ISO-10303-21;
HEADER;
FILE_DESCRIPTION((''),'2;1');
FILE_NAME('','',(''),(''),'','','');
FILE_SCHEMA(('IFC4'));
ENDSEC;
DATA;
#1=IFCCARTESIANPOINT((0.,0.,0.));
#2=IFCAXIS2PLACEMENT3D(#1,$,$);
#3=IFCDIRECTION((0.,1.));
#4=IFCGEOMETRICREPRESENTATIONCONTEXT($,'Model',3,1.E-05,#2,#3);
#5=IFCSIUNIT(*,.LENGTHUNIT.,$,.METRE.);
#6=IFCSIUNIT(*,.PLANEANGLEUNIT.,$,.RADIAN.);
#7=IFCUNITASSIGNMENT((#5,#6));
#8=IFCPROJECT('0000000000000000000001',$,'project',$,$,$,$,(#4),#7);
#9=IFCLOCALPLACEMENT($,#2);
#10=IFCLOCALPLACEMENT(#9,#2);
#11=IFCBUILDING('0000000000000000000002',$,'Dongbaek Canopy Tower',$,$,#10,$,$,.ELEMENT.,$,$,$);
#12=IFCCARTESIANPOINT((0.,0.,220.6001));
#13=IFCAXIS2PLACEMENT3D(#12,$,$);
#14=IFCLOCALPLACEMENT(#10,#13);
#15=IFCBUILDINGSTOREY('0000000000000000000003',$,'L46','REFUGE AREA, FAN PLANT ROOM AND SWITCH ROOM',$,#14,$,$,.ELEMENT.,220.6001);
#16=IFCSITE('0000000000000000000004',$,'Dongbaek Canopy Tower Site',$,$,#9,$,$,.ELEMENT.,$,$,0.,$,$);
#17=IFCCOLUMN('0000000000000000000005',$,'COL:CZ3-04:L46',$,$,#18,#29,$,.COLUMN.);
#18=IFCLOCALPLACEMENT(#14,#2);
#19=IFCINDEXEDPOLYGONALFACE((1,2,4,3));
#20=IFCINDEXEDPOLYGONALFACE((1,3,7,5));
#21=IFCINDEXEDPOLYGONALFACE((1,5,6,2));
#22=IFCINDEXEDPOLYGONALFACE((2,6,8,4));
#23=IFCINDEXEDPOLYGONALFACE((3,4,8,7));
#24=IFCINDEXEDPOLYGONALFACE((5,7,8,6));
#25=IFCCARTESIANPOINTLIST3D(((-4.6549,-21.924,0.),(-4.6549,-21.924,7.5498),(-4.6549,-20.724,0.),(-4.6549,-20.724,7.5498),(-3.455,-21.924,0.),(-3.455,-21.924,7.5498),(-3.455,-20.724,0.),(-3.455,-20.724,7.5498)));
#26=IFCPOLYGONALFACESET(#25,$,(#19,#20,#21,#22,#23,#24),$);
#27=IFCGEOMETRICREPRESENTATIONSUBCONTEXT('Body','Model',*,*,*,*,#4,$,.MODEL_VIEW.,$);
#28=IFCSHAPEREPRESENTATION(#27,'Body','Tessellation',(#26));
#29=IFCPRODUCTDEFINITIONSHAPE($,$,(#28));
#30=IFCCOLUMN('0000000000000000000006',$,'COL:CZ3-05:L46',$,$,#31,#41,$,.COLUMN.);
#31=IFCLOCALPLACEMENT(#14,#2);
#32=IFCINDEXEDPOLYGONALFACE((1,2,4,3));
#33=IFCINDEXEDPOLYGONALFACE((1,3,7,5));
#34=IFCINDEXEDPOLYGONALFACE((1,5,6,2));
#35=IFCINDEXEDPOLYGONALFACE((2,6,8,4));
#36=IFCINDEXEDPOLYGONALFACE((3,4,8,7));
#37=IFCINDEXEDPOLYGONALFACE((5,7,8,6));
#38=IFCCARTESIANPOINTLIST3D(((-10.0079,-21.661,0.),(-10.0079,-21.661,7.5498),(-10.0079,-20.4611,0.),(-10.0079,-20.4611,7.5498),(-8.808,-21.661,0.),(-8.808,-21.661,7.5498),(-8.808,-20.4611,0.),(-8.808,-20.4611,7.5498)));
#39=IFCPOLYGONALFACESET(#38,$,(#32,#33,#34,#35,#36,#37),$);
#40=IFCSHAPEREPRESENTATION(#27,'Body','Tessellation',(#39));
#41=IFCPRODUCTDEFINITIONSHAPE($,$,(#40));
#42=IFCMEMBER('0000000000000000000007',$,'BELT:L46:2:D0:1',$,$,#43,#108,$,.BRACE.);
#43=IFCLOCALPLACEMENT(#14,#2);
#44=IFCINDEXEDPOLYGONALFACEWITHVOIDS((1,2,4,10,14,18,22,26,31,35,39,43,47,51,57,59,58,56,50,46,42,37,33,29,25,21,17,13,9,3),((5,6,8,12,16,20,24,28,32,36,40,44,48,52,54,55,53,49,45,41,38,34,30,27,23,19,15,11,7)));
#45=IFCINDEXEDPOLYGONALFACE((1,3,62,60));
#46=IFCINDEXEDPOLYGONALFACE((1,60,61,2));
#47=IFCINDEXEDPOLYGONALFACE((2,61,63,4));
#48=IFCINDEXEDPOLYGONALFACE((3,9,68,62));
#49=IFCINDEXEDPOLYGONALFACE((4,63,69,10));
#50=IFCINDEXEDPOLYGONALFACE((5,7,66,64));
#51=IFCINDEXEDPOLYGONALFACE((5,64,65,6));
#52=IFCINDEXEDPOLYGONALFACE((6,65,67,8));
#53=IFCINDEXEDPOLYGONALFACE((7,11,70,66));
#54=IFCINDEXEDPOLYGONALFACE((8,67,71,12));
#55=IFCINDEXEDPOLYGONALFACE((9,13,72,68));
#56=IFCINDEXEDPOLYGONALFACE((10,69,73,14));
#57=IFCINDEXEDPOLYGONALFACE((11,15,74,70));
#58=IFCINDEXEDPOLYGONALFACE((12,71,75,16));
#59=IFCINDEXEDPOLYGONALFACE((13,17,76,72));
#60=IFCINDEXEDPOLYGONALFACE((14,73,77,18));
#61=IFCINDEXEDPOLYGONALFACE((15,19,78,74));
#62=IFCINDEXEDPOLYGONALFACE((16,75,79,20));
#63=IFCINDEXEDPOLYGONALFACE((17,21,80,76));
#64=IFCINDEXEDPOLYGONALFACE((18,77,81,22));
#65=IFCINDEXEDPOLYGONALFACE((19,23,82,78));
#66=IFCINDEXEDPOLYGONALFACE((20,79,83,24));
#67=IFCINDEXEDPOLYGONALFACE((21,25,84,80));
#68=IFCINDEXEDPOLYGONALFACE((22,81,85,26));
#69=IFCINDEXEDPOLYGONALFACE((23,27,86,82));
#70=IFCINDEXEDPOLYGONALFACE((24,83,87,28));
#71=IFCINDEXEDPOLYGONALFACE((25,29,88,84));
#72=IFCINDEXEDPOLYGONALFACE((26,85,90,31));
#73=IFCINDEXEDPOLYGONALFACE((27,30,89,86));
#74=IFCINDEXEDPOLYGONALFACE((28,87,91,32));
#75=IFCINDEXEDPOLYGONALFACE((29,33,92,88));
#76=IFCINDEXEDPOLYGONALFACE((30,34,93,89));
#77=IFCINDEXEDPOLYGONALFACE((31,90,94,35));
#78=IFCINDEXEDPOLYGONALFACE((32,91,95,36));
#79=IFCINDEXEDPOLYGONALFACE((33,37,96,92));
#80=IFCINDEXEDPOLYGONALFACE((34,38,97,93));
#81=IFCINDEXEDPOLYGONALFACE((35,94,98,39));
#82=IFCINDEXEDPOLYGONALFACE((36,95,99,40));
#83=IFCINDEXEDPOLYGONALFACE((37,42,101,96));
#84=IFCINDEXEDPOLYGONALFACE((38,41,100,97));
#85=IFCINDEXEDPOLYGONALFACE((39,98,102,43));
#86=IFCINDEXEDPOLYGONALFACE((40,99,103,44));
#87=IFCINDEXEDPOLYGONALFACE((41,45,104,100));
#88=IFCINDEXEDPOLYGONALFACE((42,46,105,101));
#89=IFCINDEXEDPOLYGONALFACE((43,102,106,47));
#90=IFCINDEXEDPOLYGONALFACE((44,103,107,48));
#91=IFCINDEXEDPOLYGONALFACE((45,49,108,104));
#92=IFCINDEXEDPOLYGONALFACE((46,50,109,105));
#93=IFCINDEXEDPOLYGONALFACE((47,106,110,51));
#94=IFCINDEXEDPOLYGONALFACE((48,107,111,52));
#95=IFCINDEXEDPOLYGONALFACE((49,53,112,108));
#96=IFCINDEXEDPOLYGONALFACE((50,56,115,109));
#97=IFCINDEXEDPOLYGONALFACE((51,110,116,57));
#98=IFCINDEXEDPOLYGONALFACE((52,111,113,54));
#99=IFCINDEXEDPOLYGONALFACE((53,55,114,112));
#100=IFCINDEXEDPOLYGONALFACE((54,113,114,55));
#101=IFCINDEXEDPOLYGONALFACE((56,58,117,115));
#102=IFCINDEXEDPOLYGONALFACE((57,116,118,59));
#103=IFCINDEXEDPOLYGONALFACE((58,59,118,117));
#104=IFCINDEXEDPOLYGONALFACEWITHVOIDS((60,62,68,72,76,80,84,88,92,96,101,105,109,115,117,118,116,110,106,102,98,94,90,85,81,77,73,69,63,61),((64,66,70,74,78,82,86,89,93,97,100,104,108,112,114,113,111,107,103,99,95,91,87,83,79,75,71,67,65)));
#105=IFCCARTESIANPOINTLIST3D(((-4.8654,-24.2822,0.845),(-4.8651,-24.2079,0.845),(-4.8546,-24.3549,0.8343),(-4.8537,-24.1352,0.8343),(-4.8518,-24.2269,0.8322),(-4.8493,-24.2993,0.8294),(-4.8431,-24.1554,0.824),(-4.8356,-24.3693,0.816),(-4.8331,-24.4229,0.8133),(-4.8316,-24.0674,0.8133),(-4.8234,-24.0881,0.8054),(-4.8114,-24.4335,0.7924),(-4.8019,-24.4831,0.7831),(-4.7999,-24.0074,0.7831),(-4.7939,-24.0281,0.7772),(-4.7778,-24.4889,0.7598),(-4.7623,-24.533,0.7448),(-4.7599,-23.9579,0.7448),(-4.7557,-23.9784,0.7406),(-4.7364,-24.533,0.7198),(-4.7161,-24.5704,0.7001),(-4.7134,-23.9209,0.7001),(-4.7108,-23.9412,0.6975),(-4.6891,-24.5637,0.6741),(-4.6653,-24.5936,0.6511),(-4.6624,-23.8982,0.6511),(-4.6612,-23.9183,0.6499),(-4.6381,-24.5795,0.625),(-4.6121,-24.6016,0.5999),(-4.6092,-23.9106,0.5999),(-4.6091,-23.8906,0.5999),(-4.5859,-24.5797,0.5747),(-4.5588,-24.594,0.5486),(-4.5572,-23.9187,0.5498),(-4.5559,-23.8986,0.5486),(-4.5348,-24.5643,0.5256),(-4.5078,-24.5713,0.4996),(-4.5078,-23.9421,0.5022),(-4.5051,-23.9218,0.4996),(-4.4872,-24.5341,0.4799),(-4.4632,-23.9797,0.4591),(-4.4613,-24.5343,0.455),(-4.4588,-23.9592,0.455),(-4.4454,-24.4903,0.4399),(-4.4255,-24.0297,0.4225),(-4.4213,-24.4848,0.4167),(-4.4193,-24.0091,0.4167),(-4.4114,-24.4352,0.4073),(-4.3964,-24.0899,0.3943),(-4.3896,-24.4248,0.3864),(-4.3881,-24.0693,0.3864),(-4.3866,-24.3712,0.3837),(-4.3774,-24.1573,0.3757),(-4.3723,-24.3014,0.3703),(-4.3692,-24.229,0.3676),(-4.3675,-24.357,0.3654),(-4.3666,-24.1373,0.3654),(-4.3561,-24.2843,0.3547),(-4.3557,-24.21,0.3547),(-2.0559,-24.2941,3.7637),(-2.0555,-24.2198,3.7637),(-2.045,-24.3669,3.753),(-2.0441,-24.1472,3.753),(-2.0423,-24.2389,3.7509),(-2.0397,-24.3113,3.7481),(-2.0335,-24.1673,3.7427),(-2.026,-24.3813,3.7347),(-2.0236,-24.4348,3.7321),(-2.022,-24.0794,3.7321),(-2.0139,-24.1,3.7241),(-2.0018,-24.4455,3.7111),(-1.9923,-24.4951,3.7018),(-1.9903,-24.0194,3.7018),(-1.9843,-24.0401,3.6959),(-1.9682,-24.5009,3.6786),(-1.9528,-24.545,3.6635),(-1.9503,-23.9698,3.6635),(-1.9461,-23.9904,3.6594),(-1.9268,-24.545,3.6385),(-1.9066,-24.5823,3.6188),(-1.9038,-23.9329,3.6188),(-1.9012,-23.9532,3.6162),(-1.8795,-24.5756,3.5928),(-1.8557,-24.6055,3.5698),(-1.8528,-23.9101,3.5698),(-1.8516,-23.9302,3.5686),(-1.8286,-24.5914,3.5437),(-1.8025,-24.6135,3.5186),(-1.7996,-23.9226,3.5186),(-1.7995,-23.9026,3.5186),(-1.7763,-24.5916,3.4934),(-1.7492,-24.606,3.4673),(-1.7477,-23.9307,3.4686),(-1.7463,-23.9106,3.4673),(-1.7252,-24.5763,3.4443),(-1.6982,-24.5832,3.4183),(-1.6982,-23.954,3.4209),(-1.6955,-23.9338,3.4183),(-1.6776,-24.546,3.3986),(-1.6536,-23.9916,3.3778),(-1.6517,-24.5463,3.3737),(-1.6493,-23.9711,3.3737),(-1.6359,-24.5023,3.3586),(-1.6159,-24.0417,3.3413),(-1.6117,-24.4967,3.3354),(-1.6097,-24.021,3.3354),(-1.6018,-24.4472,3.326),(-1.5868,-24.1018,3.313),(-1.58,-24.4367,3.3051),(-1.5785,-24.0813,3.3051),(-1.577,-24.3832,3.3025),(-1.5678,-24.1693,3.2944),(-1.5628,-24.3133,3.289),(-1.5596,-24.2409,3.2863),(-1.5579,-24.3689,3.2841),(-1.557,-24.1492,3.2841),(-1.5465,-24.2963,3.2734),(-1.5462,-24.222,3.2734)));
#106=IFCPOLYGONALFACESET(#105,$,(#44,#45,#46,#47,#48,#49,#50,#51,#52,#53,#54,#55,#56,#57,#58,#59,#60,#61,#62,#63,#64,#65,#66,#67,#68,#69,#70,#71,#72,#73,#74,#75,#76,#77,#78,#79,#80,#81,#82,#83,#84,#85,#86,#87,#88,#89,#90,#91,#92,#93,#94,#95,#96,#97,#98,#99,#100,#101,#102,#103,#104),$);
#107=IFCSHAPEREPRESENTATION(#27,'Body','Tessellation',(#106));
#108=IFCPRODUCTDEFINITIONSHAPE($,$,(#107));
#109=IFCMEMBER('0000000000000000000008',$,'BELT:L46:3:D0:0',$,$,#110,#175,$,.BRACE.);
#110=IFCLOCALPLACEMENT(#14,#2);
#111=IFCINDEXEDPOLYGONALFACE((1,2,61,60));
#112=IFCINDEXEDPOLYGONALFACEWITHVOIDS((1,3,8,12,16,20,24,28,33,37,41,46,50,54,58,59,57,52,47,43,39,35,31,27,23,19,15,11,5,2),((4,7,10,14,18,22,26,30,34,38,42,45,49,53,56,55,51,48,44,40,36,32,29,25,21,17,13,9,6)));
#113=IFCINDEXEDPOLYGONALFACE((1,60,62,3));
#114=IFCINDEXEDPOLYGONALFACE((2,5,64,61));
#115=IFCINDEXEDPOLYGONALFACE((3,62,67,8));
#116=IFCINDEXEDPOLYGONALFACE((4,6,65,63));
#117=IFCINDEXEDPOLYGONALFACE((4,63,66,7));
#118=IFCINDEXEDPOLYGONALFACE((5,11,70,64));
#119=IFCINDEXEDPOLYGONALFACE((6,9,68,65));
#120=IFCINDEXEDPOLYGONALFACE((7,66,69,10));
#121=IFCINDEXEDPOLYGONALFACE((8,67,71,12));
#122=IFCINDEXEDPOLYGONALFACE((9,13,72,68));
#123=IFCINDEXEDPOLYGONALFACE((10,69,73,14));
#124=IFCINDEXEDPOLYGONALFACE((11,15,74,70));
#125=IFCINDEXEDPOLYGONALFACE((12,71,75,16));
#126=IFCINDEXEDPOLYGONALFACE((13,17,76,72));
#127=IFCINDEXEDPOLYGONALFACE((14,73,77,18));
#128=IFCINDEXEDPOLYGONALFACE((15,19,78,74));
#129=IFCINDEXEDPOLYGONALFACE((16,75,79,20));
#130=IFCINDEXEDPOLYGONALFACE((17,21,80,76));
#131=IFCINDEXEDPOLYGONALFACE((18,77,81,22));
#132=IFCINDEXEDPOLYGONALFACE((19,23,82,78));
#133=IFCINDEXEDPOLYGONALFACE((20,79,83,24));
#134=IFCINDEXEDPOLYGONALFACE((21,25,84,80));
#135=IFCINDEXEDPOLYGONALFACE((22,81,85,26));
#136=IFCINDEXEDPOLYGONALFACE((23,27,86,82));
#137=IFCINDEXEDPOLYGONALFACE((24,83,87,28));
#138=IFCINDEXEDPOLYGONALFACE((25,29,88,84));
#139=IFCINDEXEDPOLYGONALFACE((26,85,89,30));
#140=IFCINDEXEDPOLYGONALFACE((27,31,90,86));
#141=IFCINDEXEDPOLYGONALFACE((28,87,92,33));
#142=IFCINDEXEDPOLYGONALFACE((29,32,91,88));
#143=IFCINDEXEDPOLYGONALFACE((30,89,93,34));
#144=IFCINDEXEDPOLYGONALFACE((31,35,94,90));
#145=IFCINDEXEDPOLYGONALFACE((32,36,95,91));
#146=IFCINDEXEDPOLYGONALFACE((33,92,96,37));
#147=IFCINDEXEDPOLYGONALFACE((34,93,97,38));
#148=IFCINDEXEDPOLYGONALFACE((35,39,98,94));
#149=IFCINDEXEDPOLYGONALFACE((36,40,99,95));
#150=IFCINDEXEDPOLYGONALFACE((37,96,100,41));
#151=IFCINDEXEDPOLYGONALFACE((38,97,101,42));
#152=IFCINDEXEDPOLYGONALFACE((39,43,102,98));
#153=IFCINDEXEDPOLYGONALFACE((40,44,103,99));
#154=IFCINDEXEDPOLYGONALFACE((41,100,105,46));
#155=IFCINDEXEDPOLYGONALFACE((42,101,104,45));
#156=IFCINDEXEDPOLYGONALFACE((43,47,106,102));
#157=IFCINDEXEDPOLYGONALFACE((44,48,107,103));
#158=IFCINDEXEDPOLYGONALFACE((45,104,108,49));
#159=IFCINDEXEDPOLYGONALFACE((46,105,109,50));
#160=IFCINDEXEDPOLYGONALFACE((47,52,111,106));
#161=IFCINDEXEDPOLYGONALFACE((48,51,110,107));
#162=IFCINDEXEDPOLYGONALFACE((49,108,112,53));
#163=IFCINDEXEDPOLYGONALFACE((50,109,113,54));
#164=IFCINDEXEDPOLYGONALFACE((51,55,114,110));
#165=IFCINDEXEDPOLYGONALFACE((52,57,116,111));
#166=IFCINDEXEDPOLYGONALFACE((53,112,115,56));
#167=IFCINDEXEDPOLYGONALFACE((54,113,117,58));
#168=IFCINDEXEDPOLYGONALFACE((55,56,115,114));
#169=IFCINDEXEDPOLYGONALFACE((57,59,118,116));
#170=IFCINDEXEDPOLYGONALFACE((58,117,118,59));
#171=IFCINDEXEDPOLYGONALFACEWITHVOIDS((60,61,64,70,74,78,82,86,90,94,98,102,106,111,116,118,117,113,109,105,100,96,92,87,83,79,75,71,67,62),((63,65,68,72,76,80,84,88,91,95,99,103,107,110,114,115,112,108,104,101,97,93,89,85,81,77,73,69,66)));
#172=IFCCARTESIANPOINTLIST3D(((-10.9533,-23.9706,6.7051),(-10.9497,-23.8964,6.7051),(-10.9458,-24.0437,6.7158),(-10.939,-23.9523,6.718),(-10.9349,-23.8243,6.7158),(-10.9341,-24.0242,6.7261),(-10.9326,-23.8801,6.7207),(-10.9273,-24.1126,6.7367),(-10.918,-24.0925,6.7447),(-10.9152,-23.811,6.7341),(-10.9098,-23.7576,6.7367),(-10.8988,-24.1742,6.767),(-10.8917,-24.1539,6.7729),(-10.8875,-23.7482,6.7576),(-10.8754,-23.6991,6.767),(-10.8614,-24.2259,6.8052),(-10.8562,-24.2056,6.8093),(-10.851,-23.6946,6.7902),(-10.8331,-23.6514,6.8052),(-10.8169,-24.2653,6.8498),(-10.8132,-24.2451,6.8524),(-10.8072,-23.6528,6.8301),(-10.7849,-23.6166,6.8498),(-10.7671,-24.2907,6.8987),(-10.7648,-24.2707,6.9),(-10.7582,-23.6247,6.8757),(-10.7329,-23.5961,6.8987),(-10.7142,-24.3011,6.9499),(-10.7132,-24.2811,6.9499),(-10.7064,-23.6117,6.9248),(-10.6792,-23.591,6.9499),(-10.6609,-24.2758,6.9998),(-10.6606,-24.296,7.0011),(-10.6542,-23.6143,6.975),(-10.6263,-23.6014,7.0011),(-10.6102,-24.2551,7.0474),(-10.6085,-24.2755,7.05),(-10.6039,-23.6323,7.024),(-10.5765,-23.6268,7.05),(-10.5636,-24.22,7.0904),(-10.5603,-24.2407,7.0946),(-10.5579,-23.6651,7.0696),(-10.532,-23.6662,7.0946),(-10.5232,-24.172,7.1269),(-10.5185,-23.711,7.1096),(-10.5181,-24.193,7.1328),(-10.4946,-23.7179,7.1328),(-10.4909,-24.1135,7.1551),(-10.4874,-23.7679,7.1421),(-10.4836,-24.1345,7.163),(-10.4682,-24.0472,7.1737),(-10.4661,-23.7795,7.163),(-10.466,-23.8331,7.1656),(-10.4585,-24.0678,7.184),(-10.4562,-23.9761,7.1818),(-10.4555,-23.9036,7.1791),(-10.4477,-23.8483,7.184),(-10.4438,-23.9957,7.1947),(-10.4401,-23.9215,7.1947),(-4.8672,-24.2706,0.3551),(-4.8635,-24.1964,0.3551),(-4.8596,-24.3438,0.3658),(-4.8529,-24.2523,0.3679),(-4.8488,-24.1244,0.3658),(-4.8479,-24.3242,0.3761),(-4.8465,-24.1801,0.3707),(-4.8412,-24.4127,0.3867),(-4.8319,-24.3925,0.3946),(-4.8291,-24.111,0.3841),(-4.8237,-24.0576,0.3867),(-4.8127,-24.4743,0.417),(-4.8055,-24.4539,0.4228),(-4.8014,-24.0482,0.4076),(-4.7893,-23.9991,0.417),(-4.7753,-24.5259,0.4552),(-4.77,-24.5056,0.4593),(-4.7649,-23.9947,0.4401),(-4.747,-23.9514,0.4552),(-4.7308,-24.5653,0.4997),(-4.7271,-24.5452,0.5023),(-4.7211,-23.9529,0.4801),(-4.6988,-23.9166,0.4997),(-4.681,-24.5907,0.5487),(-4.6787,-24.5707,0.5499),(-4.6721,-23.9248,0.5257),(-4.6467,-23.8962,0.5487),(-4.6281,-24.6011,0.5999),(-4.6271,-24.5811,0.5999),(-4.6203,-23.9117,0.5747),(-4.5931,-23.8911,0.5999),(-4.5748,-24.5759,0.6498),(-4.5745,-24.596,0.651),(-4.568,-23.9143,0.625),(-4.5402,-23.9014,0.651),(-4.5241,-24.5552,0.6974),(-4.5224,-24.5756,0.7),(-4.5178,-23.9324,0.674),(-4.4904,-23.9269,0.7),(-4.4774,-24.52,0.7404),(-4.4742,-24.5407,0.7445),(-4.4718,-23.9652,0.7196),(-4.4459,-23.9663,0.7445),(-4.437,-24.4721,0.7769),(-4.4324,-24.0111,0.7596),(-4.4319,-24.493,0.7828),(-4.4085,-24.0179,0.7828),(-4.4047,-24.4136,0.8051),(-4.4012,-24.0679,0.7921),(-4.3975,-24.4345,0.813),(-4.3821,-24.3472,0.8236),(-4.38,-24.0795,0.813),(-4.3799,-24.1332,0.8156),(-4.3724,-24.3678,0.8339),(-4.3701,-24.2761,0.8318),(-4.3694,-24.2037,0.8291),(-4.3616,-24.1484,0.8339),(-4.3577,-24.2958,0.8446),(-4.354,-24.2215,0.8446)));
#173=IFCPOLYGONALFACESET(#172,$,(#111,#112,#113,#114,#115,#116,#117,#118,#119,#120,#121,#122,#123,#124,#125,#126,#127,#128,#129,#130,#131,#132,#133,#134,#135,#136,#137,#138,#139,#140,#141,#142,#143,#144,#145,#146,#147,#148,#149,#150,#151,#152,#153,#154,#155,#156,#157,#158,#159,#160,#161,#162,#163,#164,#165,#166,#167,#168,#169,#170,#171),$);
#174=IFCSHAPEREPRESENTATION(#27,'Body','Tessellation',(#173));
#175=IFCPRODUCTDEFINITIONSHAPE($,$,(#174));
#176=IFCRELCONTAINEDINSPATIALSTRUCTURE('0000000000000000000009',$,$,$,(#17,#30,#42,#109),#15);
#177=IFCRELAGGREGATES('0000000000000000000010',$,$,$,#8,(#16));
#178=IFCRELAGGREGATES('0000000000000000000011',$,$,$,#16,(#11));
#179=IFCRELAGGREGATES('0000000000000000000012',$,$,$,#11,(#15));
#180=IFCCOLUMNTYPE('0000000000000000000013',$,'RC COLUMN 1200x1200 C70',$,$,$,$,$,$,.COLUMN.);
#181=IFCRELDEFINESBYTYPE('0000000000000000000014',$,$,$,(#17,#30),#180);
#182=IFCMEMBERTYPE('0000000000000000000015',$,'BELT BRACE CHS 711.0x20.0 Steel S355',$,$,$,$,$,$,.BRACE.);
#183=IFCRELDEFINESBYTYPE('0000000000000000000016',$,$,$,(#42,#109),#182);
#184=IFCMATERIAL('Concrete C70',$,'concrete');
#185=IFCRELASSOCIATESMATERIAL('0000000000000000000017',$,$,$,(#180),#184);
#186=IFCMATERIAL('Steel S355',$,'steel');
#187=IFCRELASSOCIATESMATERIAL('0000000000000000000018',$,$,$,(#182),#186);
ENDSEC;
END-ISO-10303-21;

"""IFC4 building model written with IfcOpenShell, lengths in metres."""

from ifc_helpers import new_model, si_unit, direction, frame, origin, origin_2d, place, context, subcontext, project, spatial, rectangle, hollow_circle, extrude, material, material_profile, profile_set, type_object, element, save


model = new_model("IFC4")

# Units and contexts
model_context = context("Model", 3, precision=1e-05, world=origin(), true_north=direction((0.0, 1.0)))
body_context = subcontext(model_context, "Body", "Model", "MODEL_VIEW")
ifc_project = project(units=[si_unit("LENGTHUNIT", "METRE"), si_unit("PLANEANGLEUNIT", "RADIAN")], contexts=[model_context])

# Site, building, storey
site_placement = place(None, origin())
site = spatial("IfcSite", under=ifc_project, at=site_placement, Name="Dongbaek Canopy Tower Site", CompositionType="ELEMENT", RefElevation=0.0)
building_placement = place(site_placement, origin())
building = spatial("IfcBuilding", under=site, at=building_placement, Name="Dongbaek Canopy Tower", CompositionType="ELEMENT")
storey_placement = place(building_placement, frame((0.0, 0.0, 220.6001)))
storey = spatial("IfcBuildingStorey", under=building, at=storey_placement, Name="L46", Description="REFUGE AREA, FAN PLANT ROOM AND SWITCH ROOM", CompositionType="ELEMENT", Elevation=220.6001)

# Columns
ifc_material_1 = material(Name="Concrete C70", Category="concrete")
ifc_material_profile_1 = material_profile(ifc_material_1, rectangle(XDim=1.2, YDim=1.2, at=origin_2d()), Name="RC COLUMN 1200x1200 C70")
ifc_profile_set_1 = profile_set([ifc_material_profile_1], Name="Concrete C70")
column_type = type_object("IfcColumnType", Name="RC COLUMN 1200x1200 C70", PredefinedType="COLUMN", material=ifc_profile_set_1)
for number, where, z_axis, x_axis, name in (
    (1, (-4.0549, -21.324, 0.0), (0.0, 0.0, 1.0), (1.0, 0.0, 0.0), "COL:CZ3-04:L46"),
    (2, (-9.408, -21.061, 0.0), (0.0, 0.0, 1.0), (1.0, 0.0, 0.0), "COL:CZ3-05:L46"),
):
    element("IfcColumn", number, at=place(storey_placement, frame(where, z_axis=z_axis, x_axis=x_axis)), inside=storey, type_object=column_type, Name=name, PredefinedType="COLUMN", context=body_context, shape_type="SweptSolid", body=[
        extrude(rectangle(XDim=1.2, YDim=1.2, at=origin_2d()), origin(), (0.0, 0.0, 1.0), 7.5498),
    ])

# Members
ifc_material_2 = material(Name="Steel S355", Category="steel")
ifc_material_profile_2 = material_profile(ifc_material_2, hollow_circle(Radius=0.3555, WallThickness=0.02, at=origin_2d()), Name="BELT BRACE CHS 711.0x20.0 Steel S355")
ifc_profile_set_2 = profile_set([ifc_material_profile_2], Name="Steel S355")
member_type_1 = type_object("IfcMemberType", Name="BELT BRACE CHS 711.0x20.0 Steel S355", PredefinedType="BRACE", material=ifc_profile_set_2)
member_1_placement = place(storey_placement, frame((-4.6106, -24.2461, 0.5999), z_axis=(0.693507, -0.002953, 0.720444), x_axis=(0.004258, 0.999991, 0.0)))
element("IfcMember", 3, at=member_1_placement, inside=storey, type_object=member_type_1, Name="BELT:L46:2:D0:1", PredefinedType="BRACE", context=body_context, shape_type="SweptSolid", body=[
    extrude(hollow_circle(Radius=0.3555, WallThickness=0.02, at=origin_2d()), origin(), (0.0, 0.0, 1.0), 4.0513),
])
member_2_placement = place(storey_placement, frame((-4.6106, -24.2461, 0.5999), z_axis=(-0.691543, 0.034093, 0.72153), x_axis=(-0.04924, -0.998787, 0.0)))
element("IfcMember", 4, at=member_2_placement, inside=storey, type_object=member_type_1, Name="BELT:L46:3:D0:0", PredefinedType="BRACE", context=body_context, shape_type="SweptSolid", body=[
    extrude(hollow_circle(Radius=0.3555, WallThickness=0.02, at=origin_2d()), origin(), (0.0, 0.0, 1.0), 8.8008),
])

save(model, "model.ifc")
